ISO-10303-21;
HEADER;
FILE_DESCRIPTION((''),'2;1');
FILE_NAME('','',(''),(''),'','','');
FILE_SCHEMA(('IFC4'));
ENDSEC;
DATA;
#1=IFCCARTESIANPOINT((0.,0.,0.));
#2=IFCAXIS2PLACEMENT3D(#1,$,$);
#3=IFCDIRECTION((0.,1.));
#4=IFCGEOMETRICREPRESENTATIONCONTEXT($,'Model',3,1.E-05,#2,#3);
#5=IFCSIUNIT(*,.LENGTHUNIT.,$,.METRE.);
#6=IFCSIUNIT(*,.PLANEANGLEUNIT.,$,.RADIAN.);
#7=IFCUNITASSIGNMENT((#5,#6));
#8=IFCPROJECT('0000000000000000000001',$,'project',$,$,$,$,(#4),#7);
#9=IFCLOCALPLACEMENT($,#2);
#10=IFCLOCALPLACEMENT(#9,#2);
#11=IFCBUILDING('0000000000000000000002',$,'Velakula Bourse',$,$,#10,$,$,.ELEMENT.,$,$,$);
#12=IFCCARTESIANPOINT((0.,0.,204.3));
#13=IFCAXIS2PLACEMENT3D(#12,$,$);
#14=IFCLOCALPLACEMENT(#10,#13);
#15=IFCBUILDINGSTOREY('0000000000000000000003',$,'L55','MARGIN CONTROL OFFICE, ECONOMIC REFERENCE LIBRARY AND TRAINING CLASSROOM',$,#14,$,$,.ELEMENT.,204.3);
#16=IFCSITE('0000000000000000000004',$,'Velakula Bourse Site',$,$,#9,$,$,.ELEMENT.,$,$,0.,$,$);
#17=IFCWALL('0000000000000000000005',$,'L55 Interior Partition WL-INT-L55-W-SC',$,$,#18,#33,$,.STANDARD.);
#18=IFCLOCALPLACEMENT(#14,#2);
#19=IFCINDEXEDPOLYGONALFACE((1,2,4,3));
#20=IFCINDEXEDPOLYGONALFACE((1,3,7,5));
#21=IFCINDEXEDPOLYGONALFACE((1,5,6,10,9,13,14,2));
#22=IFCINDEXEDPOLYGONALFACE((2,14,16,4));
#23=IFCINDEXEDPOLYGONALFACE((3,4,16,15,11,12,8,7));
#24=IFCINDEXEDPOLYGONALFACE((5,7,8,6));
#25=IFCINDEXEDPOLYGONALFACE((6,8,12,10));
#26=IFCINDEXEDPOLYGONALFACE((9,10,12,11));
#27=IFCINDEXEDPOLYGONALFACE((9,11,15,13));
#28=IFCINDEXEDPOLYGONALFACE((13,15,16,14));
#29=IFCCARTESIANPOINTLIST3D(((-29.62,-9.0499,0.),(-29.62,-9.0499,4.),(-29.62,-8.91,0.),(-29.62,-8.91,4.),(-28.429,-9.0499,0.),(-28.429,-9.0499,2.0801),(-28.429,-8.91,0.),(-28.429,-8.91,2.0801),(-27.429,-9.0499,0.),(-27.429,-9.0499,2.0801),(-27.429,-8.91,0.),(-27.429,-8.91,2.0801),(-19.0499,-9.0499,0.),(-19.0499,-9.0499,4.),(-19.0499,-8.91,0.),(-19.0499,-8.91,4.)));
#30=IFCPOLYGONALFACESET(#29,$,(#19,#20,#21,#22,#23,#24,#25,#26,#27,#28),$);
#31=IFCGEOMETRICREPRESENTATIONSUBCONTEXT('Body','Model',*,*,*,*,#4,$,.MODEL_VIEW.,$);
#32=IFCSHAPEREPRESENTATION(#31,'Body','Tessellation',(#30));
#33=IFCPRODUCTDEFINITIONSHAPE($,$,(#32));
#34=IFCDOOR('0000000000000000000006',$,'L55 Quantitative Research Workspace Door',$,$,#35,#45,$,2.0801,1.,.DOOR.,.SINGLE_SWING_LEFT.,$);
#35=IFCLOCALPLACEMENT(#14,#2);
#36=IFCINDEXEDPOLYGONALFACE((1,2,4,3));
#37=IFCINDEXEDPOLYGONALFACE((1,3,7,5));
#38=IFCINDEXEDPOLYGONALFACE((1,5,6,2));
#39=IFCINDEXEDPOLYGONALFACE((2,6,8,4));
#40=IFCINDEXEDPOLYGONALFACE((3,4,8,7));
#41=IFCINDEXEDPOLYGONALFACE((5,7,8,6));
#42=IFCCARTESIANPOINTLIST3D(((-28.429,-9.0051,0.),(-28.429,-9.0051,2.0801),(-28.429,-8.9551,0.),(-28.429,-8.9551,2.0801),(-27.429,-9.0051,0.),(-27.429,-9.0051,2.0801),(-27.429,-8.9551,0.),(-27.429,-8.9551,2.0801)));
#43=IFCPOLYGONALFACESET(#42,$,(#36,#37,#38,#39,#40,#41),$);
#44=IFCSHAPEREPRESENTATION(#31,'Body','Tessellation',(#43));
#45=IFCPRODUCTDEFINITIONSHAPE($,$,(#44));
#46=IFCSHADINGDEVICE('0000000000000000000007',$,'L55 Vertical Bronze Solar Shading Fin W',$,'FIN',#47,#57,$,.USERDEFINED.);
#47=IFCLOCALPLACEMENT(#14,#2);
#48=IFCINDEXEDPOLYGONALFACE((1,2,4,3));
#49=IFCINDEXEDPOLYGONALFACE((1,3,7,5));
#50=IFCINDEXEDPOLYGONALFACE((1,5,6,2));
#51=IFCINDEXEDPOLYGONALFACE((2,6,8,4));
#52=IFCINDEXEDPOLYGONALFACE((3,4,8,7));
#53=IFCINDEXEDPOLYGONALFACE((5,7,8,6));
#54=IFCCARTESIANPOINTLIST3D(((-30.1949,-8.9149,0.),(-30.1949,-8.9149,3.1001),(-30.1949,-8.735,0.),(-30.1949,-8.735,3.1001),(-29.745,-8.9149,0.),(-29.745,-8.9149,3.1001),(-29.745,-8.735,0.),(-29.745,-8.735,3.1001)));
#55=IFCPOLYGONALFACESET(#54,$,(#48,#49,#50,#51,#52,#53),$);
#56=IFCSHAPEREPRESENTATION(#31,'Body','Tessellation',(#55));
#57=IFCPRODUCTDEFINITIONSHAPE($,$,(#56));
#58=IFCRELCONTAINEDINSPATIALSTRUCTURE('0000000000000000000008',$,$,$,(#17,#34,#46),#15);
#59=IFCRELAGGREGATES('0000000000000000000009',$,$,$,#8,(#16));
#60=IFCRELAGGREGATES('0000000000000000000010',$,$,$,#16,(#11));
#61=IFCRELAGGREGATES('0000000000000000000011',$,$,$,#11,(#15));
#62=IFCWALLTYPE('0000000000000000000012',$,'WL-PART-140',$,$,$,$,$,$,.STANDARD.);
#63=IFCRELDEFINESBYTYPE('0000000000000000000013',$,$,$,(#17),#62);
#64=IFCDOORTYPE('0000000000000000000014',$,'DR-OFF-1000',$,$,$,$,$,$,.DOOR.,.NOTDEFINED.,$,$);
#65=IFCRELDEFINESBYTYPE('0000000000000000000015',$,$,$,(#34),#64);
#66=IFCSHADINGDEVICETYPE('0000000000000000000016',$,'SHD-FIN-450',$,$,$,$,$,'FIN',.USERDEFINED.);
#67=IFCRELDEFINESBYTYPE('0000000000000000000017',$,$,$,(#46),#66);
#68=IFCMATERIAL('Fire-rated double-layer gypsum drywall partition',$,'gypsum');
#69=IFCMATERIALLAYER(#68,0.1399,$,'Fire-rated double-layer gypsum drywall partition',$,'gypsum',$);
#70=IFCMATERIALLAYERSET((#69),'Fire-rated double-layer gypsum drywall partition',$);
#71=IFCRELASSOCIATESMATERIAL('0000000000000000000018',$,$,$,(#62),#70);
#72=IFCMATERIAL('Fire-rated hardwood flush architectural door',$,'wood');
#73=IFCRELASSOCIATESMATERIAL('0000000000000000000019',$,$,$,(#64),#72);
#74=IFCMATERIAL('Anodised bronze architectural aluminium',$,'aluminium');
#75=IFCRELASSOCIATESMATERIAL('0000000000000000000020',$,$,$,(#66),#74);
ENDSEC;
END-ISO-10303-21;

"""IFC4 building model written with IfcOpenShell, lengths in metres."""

from ifc_helpers import new_model, si_unit, direction, frame, frame_2d, origin, origin_2d, place, context, subcontext, project, spatial, rectangle, extrude, material, layer, layer_set, type_object, element, fill, save


model = new_model("IFC4")

# Units and contexts
model_context = context("Model", 3, precision=1e-05, world=origin(), true_north=direction((0.0, 1.0)))
body_context = subcontext(model_context, "Body", "Model", "MODEL_VIEW")
ifc_project = project(units=[si_unit("LENGTHUNIT", "METRE"), si_unit("PLANEANGLEUNIT", "RADIAN")], contexts=[model_context])

# Site, building, storey
site_placement = place(None, origin())
site = spatial("IfcSite", under=ifc_project, at=site_placement, Name="Velakula Bourse Site", CompositionType="ELEMENT", RefElevation=0.0)
building_placement = place(site_placement, origin())
building = spatial("IfcBuilding", under=site, at=building_placement, Name="Velakula Bourse", CompositionType="ELEMENT")
storey_placement = place(building_placement, frame((0.0, 0.0, 204.3)))
storey = spatial("IfcBuildingStorey", under=building, at=storey_placement, Name="L55", Description="MARGIN CONTROL OFFICE, ECONOMIC REFERENCE LIBRARY AND TRAINING CLASSROOM", CompositionType="ELEMENT", Elevation=204.3)

# Shared definitions
ifc_material_1 = material(Name="Fire-rated double-layer gypsum drywall partition", Category="gypsum")

# Shared definitions
ifc_layer_1 = layer(ifc_material_1, 0.1399, Name="Fire-rated double-layer gypsum drywall partition", Category="gypsum")
ifc_layer_set_1 = layer_set([ifc_layer_1], Name="Fire-rated double-layer gypsum drywall partition")
wall_type_1 = type_object("IfcWallType", Name="WL-PART-140", PredefinedType="STANDARD", material=ifc_layer_set_1)
ifc_material_2 = material(Name="Fire-rated hardwood flush architectural door", Category="wood")
door_type_1 = type_object("IfcDoorType", Name="DR-OFF-1000", OperationType="NOTDEFINED", PredefinedType="DOOR", material=ifc_material_2)

# Wall, opening, door
wall_1_placement = place(storey_placement, frame((-29.6201, -8.98, 0.0), z_axis=(0.0, 0.0, 1.0), x_axis=(1.0, 0.0, 0.0)))
wall_1 = element("IfcWall", 1, at=wall_1_placement, inside=storey, type_object=wall_type_1, Name="L55 Interior Partition WL-INT-L55-W-SC", PredefinedType="STANDARD", context=body_context, shape_type="SweptSolid", body=[
    extrude(rectangle(XDim=10.5701, YDim=0.1399, at=frame_2d((5.2852, 0.0))), origin(), (0.0, 0.0, 1.0), 4.0),
])
opening_1_placement = place(wall_1_placement, frame((1.1912, 0.0, 0.0)))
opening_1 = element("IfcOpeningElement", 2, at=opening_1_placement, cuts=wall_1, PredefinedType="OPENING", context=body_context, shape_type="SweptSolid", body=[
    extrude(rectangle(XDim=1.0, YDim=2.0801, at=frame_2d((0.5, 1.04))), frame((0.0, 0.0798, 0.0), z_axis=(0.0, -1.0, 0.0), x_axis=(1.0, 0.0, 0.0)), (0.0, 0.0, 1.0), 0.1599),
])
door_1_placement = place(opening_1_placement, origin())
door_1 = element("IfcDoor", 3, at=door_1_placement, inside=storey, type_object=door_type_1, Name="L55 Quantitative Research Workspace Door", OperationType="SINGLE_SWING_LEFT", OverallHeight=2.0801, OverallWidth=1.0, PredefinedType="DOOR", context=body_context, shape_type="SweptSolid", body=[
    extrude(rectangle(XDim=1.0, YDim=2.0801, at=frame_2d((0.5, 1.04))), frame((0.0, 0.0249, 0.0), z_axis=(0.0, -1.0, 0.0), x_axis=(1.0, 0.0, 0.0)), (0.0, 0.0, 1.0), 0.05),
])
fill(opening_1, door_1)

# Shading device
ifc_material_3 = material(Name="Anodised bronze architectural aluminium", Category="aluminium")
shading_device_type = type_object("IfcShadingDeviceType", Name="SHD-FIN-450", ElementType="FIN", PredefinedType="USERDEFINED", material=ifc_material_3)
shading_device_placement = place(storey_placement, frame((-29.97, -8.825, 0.0), z_axis=(0.0, 0.0, 1.0), x_axis=(1.0, 0.0, 0.0)))
element("IfcShadingDevice", 4, at=shading_device_placement, inside=storey, type_object=shading_device_type, Name="L55 Vertical Bronze Solar Shading Fin W", ObjectType="FIN", PredefinedType="USERDEFINED", context=body_context, shape_type="SweptSolid", body=[
    extrude(rectangle(XDim=0.45, YDim=0.1799, at=origin_2d()), origin(), (0.0, 0.0, 1.0), 3.1001),
])

save(model, "model.ifc")
